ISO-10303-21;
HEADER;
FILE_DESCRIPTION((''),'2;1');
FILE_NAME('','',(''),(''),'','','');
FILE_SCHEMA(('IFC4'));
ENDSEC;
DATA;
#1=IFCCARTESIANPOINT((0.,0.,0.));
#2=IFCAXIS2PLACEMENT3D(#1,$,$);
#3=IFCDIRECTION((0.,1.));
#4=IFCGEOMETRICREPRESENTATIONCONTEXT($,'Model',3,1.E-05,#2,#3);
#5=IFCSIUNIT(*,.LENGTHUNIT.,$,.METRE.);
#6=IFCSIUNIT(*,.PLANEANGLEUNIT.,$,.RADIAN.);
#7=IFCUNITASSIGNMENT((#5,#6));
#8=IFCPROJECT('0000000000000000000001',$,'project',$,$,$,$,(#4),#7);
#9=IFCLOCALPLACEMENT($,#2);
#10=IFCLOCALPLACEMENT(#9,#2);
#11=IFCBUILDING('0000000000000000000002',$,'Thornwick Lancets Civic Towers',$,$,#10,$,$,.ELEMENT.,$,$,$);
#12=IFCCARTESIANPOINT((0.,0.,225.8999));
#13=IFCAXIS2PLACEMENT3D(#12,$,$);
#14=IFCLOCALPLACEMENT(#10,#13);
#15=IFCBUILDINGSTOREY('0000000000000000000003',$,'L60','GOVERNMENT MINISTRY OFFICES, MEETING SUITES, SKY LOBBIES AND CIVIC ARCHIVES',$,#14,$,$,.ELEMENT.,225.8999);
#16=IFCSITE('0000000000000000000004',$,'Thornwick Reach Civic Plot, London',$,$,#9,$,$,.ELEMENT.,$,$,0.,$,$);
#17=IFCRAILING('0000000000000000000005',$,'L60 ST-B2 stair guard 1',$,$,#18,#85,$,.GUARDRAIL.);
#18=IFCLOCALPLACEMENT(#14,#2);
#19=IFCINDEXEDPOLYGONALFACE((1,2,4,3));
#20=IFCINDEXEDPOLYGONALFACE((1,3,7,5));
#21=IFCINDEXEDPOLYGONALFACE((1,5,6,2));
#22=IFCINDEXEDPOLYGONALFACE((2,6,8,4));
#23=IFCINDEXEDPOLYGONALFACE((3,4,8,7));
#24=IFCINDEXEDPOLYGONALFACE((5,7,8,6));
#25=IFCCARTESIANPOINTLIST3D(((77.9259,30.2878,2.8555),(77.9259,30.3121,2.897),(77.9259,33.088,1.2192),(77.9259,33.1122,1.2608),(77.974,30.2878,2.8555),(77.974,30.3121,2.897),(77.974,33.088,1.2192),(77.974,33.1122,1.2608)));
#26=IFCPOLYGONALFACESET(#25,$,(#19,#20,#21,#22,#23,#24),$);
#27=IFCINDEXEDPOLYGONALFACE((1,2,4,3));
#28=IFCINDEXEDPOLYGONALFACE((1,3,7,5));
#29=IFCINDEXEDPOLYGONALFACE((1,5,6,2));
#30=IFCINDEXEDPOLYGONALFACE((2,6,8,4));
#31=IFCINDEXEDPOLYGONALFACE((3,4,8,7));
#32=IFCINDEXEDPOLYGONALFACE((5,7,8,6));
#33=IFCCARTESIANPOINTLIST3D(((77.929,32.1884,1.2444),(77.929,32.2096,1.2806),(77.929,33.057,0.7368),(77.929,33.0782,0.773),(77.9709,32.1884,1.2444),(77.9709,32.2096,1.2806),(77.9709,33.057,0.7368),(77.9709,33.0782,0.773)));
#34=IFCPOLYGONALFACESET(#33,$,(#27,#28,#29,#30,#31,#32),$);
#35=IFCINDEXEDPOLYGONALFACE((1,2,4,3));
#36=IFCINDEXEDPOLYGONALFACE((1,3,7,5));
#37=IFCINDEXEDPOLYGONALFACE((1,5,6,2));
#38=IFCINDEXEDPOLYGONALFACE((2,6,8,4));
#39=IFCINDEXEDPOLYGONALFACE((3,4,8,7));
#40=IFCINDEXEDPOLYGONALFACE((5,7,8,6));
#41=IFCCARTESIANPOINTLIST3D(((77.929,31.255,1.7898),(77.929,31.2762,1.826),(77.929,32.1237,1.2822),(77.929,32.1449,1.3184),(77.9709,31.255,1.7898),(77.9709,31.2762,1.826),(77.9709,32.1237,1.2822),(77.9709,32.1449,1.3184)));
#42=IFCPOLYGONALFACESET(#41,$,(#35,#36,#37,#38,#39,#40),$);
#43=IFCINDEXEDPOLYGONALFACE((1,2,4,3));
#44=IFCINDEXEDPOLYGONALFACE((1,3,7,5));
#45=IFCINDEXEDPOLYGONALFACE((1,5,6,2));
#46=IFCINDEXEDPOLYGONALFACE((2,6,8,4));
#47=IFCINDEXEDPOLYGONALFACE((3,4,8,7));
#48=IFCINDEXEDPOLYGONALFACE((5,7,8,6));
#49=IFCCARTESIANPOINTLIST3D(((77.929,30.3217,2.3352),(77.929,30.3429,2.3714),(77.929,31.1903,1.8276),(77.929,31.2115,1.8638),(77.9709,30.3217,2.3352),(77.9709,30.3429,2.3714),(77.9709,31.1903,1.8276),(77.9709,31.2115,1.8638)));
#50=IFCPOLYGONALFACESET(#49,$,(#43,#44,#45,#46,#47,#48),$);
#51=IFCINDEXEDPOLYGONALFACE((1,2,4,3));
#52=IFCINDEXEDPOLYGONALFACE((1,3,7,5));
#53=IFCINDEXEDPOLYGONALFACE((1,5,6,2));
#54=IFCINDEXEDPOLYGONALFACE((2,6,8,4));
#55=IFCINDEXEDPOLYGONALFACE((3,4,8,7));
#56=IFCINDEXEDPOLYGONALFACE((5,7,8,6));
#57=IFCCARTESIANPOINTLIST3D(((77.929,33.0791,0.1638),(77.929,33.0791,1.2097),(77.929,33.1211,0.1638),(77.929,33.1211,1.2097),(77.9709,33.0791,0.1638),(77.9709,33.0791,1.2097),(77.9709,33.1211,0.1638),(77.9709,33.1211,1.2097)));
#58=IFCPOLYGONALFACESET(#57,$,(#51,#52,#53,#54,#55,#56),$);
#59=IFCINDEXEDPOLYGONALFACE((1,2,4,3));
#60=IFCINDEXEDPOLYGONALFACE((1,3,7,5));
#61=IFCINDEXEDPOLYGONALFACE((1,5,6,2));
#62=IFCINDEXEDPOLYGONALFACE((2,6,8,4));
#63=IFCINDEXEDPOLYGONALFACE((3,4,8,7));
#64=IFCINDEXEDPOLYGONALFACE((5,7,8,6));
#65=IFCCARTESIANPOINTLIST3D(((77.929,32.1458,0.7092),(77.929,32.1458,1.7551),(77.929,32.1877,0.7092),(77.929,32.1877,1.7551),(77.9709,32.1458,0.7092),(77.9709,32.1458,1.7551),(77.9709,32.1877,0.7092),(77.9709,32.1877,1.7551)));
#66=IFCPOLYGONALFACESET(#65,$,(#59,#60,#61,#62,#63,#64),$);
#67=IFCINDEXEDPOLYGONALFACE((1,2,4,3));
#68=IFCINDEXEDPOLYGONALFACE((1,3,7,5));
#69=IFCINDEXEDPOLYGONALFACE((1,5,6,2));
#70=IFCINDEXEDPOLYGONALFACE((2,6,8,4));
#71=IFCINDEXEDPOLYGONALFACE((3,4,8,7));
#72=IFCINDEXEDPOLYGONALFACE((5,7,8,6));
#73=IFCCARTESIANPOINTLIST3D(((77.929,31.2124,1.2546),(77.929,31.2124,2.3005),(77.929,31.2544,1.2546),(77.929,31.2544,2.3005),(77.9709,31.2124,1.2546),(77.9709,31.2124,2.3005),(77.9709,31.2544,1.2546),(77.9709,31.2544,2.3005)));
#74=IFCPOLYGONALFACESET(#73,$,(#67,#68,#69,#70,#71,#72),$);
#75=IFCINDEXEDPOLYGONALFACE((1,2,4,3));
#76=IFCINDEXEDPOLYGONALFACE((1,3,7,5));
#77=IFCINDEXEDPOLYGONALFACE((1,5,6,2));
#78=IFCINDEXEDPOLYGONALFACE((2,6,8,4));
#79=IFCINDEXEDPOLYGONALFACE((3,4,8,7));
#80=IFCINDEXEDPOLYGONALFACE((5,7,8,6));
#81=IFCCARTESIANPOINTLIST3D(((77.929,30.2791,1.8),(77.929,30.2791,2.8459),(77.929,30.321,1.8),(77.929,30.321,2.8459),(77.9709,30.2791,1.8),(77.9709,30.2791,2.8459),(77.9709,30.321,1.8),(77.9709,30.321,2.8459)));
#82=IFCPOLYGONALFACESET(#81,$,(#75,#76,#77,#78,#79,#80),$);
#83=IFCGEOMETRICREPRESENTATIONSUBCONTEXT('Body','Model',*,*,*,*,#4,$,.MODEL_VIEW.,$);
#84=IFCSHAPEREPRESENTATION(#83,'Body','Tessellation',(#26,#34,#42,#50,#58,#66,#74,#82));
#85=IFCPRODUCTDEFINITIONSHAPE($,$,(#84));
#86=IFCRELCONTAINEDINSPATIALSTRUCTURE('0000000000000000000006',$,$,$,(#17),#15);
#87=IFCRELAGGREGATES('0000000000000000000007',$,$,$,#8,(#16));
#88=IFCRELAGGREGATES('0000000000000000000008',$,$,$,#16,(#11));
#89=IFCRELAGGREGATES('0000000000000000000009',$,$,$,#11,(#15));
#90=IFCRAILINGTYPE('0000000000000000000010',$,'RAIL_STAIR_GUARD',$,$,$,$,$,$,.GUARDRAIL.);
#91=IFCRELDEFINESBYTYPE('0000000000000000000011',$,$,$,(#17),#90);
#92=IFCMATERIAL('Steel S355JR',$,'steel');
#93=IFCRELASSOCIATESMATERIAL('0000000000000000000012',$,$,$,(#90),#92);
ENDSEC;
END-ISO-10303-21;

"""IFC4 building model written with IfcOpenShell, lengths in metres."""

from ifc_helpers import new_model, si_unit, direction, frame, origin, origin_2d, place, context, subcontext, project, spatial, rectangle, extrude, material, type_object, element, save


model = new_model("IFC4")

# Units and contexts
model_context = context("Model", 3, precision=1e-05, world=origin(), true_north=direction((0.0, 1.0)))
body_context = subcontext(model_context, "Body", "Model", "MODEL_VIEW")
ifc_project = project(units=[si_unit("LENGTHUNIT", "METRE"), si_unit("PLANEANGLEUNIT", "RADIAN")], contexts=[model_context])

# Site, building, storey
site_placement = place(None, origin())
site = spatial("IfcSite", under=ifc_project, at=site_placement, Name="Thornwick Reach Civic Plot, London", CompositionType="ELEMENT", RefElevation=0.0)
building_placement = place(site_placement, origin())
building = spatial("IfcBuilding", under=site, at=building_placement, Name="Thornwick Lancets Civic Towers", CompositionType="ELEMENT")
storey_placement = place(building_placement, frame((0.0, 0.0, 225.8999)))
storey = spatial("IfcBuildingStorey", under=building, at=storey_placement, Name="L60", Description="GOVERNMENT MINISTRY OFFICES, MEETING SUITES, SKY LOBBIES AND CIVIC ARCHIVES", CompositionType="ELEMENT", Elevation=225.8999)

# Shared definitions
ifc_material_1 = material(Name="Steel S355JR", Category="steel")

# Railing
railing_type_1 = type_object("IfcRailingType", Name="RAIL_STAIR_GUARD", PredefinedType="GUARDRAIL", material=ifc_material_1)
railing_1_placement = place(storey_placement, frame((77.95, 33.1001, 0.1638)))
element("IfcRailing", 1, at=railing_1_placement, inside=storey, type_object=railing_type_1, Name="L60 ST-B2 stair guard 1", PredefinedType="GUARDRAIL", context=body_context, shape_type="SweptSolid", body=[
    extrude(rectangle(XDim=0.0481, YDim=0.0481, at=origin_2d()), frame((0.0, 0.0, 1.0762), z_axis=(0.0, -0.863394, 0.504531), x_axis=(1.0, 0.0, 0.0)), (0.0, 0.0, 1.0), 3.2432),
    extrude(rectangle(XDim=0.042, YDim=0.042, at=origin_2d()), frame((0.0, -0.0325, 0.5911), z_axis=(0.0, -0.863394, 0.504531), x_axis=(1.0, 0.0, 0.0)), (0.0, 0.0, 1.0), 1.0061),
    extrude(rectangle(XDim=0.042, YDim=0.042, at=origin_2d()), frame((0.0, -0.9658, 1.1365), z_axis=(0.0, -0.863394, 0.504531), x_axis=(1.0, 0.0, 0.0)), (0.0, 0.0, 1.0), 1.0061),
    extrude(rectangle(XDim=0.042, YDim=0.042, at=origin_2d()), frame((0.0, -1.8992, 1.6819), z_axis=(0.0, -0.863394, 0.504531), x_axis=(1.0, 0.0, 0.0)), (0.0, 0.0, 1.0), 1.0061),
    extrude(rectangle(XDim=0.042, YDim=0.042, at=origin_2d()), origin(), (0.0, 0.0, 1.0), 1.0459),
    extrude(rectangle(XDim=0.042, YDim=0.042, at=origin_2d()), frame((0.0, -0.9333, 0.5454)), (0.0, 0.0, 1.0), 1.0459),
    extrude(rectangle(XDim=0.042, YDim=0.042, at=origin_2d()), frame((0.0, -1.8667, 1.0908)), (0.0, 0.0, 1.0), 1.0459),
    extrude(rectangle(XDim=0.042, YDim=0.042, at=origin_2d()), frame((0.0, -2.8, 1.6362)), (0.0, 0.0, 1.0), 1.0459),
])

save(model, "model.ifc")
